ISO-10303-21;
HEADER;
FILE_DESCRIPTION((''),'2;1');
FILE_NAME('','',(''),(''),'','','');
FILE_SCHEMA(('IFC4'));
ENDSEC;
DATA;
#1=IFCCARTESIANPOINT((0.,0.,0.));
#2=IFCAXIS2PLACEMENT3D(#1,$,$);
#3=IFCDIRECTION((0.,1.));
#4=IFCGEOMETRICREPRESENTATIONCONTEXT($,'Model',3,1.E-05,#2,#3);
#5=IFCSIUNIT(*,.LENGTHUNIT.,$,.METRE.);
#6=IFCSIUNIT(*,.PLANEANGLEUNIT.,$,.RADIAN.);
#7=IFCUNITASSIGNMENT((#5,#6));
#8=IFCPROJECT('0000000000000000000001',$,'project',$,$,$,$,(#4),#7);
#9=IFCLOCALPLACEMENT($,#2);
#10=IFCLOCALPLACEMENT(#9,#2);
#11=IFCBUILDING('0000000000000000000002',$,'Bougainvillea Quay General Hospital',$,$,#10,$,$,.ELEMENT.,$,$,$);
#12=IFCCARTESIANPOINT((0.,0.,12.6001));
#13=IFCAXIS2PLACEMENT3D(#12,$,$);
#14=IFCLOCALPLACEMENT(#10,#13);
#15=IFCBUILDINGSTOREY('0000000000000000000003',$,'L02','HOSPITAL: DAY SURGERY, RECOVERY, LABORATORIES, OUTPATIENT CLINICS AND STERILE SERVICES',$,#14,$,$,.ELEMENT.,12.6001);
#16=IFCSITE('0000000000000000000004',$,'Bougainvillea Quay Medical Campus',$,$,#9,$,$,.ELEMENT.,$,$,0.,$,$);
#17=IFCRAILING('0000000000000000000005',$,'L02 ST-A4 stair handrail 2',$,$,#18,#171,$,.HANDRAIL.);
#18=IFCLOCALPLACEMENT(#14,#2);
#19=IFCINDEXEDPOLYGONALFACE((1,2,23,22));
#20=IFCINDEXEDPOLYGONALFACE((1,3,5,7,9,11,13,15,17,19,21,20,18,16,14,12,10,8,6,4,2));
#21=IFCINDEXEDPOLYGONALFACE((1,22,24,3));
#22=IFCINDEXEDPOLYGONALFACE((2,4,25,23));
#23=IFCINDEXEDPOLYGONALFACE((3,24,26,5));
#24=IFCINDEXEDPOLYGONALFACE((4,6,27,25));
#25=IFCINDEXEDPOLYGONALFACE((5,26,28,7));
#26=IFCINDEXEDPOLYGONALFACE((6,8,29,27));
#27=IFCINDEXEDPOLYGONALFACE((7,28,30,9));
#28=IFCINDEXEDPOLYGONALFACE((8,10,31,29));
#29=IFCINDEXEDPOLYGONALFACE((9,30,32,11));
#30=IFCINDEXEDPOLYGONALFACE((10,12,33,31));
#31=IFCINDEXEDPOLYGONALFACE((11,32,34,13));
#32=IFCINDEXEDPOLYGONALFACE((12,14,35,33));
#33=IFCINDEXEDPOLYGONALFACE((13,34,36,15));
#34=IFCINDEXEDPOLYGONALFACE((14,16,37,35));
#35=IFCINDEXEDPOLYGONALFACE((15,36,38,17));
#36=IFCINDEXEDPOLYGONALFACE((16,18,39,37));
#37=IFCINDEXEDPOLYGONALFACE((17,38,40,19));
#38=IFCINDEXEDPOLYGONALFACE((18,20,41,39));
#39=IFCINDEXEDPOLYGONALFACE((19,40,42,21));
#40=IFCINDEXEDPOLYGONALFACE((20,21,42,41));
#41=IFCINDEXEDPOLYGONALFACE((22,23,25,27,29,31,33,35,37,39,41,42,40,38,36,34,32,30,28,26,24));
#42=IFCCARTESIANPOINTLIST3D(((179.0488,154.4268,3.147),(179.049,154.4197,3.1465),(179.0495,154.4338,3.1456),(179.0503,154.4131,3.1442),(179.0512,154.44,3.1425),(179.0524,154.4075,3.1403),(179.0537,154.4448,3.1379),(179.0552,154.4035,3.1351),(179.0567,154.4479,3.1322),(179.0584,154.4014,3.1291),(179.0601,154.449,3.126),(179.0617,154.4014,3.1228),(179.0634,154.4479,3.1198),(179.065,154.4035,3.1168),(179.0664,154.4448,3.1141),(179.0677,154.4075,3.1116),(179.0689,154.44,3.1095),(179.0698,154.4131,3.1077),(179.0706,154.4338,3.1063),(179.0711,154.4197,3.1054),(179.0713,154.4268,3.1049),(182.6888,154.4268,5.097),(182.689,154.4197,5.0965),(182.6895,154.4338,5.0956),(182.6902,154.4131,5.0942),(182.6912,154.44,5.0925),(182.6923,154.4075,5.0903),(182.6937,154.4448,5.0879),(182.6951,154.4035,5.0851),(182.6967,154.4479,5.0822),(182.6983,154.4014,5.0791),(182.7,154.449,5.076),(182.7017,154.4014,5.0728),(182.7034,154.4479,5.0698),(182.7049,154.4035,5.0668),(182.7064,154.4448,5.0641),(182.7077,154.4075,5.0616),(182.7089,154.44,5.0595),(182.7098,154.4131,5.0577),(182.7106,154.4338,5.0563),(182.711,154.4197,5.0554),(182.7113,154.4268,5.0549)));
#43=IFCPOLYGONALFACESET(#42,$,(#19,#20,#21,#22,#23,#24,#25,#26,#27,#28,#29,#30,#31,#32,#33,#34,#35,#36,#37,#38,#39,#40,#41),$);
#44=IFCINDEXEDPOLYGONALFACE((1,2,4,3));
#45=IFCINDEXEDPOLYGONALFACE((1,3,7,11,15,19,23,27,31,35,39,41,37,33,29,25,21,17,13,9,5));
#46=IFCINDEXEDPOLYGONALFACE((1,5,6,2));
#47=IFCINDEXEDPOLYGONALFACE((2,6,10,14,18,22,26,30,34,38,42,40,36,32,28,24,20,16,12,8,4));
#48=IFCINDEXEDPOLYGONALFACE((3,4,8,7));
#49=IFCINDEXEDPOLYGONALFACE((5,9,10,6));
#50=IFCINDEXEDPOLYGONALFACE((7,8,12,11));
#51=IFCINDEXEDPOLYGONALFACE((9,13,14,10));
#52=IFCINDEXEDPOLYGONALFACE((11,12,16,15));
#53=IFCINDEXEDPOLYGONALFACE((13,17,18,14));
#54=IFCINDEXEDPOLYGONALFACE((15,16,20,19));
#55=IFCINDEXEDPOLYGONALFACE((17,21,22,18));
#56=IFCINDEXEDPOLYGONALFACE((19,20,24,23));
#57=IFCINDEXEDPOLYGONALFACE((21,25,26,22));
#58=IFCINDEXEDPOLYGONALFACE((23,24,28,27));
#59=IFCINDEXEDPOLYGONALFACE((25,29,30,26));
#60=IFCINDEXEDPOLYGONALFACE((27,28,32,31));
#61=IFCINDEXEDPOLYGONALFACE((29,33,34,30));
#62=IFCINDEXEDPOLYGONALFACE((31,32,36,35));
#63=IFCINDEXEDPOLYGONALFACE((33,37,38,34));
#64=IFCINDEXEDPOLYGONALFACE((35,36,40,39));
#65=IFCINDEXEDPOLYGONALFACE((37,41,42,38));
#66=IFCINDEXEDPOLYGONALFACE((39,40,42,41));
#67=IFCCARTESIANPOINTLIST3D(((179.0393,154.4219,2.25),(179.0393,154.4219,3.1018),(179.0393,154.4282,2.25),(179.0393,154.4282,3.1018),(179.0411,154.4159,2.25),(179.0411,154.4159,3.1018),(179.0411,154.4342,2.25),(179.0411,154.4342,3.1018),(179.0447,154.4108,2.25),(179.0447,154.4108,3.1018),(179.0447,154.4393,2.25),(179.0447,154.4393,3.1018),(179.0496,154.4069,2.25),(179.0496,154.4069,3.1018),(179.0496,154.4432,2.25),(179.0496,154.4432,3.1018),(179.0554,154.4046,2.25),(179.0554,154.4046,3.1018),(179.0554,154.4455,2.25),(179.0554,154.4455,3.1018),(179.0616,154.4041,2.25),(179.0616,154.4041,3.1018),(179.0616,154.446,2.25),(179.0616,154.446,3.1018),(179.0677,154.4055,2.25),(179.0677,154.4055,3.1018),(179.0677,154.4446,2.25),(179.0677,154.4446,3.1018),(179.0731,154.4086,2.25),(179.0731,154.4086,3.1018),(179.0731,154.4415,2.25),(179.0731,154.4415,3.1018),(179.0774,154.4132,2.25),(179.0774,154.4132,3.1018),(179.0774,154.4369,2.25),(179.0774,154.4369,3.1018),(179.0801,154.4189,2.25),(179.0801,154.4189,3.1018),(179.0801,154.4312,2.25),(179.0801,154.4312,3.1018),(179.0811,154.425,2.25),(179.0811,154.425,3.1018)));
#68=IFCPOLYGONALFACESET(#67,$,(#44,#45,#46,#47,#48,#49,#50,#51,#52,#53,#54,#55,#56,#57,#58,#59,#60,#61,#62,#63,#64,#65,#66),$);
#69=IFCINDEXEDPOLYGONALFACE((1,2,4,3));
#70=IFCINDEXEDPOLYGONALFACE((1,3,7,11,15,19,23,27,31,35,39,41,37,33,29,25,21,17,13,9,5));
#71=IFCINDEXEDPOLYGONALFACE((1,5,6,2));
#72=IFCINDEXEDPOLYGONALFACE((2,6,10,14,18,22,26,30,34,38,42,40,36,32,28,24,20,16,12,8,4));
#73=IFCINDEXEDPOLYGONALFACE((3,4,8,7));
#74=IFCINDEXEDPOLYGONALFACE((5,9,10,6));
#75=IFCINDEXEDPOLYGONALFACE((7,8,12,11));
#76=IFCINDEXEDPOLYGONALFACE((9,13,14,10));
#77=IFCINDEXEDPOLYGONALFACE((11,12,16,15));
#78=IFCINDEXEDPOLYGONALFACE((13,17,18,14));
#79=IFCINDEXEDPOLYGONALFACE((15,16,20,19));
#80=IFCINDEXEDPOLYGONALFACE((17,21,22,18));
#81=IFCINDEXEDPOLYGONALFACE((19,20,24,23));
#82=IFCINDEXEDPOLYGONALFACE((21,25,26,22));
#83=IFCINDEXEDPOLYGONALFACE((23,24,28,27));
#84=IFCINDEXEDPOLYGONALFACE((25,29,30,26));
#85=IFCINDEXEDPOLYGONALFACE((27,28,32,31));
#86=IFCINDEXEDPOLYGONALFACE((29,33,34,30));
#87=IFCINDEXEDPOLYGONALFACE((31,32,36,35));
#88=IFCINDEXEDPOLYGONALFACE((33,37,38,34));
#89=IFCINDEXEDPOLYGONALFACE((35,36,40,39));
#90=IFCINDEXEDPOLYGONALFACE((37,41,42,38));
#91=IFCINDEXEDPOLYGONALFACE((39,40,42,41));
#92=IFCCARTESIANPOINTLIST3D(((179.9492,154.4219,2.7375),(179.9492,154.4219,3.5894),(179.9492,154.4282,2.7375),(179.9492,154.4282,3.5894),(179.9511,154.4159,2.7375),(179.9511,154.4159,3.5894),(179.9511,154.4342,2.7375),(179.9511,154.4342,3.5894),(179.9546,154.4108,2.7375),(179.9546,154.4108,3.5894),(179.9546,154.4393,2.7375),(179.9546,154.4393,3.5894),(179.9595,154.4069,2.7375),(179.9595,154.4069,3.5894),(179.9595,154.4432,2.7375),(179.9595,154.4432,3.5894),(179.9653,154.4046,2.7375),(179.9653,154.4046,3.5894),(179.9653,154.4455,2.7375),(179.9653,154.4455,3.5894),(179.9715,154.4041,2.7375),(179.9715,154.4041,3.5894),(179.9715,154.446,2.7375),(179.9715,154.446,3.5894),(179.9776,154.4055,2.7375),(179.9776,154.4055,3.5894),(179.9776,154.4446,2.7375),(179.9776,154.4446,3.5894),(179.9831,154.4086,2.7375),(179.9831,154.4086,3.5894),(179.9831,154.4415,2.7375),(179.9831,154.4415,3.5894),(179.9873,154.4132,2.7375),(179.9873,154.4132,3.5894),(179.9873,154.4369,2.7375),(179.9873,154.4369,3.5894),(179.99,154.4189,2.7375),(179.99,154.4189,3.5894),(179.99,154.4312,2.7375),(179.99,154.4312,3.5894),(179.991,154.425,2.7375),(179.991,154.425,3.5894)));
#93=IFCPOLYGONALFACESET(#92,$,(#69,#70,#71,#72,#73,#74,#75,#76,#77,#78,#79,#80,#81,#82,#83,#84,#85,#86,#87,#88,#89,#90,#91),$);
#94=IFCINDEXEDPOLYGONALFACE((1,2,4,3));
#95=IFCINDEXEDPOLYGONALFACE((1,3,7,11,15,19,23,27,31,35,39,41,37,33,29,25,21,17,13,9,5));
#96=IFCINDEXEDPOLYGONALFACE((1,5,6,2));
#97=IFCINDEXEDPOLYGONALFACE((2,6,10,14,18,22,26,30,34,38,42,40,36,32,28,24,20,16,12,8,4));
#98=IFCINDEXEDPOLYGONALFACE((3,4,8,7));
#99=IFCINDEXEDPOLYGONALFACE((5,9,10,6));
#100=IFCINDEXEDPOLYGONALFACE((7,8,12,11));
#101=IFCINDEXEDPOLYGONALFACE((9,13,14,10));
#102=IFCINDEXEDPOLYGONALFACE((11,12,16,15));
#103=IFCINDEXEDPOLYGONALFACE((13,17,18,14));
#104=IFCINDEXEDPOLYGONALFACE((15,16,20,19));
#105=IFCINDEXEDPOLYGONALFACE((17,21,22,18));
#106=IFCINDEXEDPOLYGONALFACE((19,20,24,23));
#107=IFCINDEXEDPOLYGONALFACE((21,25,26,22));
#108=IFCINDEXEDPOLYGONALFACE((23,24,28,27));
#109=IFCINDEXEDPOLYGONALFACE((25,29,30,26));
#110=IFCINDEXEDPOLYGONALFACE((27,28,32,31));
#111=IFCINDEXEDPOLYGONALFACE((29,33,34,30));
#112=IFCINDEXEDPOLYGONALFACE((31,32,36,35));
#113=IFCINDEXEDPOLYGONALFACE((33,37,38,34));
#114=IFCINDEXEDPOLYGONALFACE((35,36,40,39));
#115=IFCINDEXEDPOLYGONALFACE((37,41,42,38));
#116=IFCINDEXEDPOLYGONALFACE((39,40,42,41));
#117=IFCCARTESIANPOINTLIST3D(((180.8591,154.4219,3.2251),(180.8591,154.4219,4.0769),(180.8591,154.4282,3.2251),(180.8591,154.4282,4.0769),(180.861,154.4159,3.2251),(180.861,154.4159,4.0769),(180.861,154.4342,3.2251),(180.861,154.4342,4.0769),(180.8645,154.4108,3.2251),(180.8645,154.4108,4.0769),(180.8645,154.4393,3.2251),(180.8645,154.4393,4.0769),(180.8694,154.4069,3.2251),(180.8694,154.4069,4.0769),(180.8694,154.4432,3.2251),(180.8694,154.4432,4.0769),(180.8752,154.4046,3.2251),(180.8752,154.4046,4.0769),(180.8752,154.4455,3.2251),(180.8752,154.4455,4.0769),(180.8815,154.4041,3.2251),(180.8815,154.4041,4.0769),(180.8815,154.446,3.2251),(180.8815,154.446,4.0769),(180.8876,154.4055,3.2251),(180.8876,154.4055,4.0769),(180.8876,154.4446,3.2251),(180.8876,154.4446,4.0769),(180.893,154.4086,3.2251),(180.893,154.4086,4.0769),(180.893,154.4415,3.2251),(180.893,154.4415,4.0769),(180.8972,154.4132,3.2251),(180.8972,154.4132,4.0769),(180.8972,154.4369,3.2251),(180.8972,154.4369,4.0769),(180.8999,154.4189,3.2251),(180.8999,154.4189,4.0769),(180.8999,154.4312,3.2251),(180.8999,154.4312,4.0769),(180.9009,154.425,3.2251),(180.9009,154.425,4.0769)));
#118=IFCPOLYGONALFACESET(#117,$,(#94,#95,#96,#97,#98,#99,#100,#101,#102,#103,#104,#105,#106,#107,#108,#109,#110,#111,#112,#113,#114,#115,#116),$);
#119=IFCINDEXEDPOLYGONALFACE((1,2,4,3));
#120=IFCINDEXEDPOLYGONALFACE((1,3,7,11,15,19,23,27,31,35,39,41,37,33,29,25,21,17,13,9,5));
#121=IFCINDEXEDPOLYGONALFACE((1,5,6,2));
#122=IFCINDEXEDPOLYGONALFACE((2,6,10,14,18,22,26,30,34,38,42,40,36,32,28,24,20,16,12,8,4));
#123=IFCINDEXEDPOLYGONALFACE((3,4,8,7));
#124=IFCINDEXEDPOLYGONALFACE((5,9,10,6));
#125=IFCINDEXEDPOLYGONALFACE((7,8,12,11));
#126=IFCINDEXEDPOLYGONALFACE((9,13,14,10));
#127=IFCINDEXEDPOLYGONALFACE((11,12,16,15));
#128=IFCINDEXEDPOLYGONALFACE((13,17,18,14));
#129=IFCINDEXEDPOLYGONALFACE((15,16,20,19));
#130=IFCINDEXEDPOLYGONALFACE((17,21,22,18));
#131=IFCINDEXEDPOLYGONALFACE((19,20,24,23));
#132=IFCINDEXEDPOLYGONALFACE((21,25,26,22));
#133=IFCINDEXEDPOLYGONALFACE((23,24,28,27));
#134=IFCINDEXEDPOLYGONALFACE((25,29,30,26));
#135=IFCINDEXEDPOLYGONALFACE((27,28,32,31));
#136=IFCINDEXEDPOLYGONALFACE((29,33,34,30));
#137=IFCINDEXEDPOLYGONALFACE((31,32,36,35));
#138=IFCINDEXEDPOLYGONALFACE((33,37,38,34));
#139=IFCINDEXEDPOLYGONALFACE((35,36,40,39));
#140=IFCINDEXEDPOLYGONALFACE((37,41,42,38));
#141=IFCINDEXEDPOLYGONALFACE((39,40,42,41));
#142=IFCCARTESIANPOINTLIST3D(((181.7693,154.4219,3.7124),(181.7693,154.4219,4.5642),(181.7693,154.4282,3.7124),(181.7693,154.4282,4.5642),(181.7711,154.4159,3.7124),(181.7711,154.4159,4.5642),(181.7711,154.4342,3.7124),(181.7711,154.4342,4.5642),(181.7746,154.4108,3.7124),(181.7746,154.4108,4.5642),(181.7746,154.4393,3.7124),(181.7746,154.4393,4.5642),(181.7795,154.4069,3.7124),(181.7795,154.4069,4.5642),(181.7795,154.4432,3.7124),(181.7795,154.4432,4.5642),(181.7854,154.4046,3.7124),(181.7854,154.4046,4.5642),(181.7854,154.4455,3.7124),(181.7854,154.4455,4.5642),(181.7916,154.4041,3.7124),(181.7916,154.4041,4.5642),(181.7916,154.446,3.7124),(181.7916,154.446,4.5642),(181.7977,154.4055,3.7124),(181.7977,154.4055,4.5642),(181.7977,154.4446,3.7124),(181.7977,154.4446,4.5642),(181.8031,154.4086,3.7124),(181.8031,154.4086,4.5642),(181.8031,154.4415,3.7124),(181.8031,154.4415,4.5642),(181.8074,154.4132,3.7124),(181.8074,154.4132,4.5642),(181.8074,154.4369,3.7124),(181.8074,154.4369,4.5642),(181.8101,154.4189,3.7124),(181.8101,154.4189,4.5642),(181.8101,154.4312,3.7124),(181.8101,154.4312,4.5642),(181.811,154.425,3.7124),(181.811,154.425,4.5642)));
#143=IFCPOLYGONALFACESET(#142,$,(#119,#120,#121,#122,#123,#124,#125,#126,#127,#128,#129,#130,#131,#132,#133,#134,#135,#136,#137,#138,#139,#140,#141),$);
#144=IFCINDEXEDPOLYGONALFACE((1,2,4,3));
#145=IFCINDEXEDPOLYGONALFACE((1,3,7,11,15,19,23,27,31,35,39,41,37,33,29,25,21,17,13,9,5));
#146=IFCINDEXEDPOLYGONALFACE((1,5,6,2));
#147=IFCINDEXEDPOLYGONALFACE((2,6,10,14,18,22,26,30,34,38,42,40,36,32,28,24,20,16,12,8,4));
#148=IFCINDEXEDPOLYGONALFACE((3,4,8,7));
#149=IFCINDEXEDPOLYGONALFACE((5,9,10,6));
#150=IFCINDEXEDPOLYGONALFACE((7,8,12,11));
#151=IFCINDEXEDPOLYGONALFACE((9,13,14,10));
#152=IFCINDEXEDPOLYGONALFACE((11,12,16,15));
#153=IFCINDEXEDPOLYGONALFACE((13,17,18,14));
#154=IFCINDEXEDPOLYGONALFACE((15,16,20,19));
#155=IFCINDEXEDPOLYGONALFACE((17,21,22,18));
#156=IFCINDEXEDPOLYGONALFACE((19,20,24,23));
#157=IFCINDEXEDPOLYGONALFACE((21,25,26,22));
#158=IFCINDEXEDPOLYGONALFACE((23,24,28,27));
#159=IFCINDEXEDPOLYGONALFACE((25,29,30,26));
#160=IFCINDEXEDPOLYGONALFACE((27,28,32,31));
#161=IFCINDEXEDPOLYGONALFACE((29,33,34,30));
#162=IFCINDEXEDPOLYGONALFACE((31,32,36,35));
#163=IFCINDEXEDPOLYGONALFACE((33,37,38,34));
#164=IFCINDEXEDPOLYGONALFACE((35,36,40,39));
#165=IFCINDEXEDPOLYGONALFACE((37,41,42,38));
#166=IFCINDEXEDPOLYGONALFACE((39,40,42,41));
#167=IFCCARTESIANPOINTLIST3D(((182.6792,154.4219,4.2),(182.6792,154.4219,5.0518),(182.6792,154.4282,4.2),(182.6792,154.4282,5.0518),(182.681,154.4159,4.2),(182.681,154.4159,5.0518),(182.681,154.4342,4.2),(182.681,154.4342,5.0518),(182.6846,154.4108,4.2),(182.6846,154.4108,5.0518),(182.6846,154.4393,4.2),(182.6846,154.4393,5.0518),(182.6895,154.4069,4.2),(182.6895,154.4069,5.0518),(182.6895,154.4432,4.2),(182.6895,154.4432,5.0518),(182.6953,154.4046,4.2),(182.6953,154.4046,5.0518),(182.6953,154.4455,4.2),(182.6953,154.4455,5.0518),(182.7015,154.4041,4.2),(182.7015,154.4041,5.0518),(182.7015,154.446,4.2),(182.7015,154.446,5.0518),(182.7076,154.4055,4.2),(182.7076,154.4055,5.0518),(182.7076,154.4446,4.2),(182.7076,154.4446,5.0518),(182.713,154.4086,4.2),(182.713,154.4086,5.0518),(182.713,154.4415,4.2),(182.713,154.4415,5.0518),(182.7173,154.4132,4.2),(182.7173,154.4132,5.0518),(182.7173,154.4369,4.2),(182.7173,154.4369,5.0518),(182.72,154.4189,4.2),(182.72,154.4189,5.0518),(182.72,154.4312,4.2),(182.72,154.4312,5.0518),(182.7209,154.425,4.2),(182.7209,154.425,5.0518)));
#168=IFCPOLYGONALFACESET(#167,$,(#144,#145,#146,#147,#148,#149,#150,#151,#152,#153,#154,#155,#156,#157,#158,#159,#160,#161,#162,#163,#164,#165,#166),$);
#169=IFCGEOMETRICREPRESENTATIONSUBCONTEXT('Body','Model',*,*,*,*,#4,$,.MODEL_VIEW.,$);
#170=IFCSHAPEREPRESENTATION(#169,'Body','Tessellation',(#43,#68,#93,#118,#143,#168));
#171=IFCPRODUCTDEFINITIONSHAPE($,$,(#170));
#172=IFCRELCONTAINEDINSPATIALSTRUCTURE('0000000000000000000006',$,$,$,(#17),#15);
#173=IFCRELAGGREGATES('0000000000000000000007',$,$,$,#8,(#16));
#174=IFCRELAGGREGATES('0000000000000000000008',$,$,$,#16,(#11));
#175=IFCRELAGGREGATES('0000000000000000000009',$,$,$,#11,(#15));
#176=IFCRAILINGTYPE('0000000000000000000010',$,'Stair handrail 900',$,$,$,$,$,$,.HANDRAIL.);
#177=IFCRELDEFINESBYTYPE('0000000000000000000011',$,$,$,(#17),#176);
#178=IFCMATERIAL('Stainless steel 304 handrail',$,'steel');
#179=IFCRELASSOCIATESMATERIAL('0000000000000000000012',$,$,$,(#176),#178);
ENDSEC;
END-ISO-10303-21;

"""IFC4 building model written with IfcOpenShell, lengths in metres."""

from ifc_helpers import new_model, si_unit, direction, frame, origin, origin_2d, place, context, subcontext, project, spatial, circle, extrude, material, type_object, element, save


model = new_model("IFC4")

# Units and contexts
model_context = context("Model", 3, precision=1e-05, world=origin(), true_north=direction((0.0, 1.0)))
body_context = subcontext(model_context, "Body", "Model", "MODEL_VIEW")
ifc_project = project(units=[si_unit("LENGTHUNIT", "METRE"), si_unit("PLANEANGLEUNIT", "RADIAN")], contexts=[model_context])

# Site, building, storey
site_placement = place(None, origin())
site = spatial("IfcSite", under=ifc_project, at=site_placement, Name="Bougainvillea Quay Medical Campus", CompositionType="ELEMENT", RefElevation=0.0)
building_placement = place(site_placement, origin())
building = spatial("IfcBuilding", under=site, at=building_placement, Name="Bougainvillea Quay General Hospital", CompositionType="ELEMENT")
storey_placement = place(building_placement, frame((0.0, 0.0, 12.6001)))
storey = spatial("IfcBuildingStorey", under=building, at=storey_placement, Name="L02", Description="HOSPITAL: DAY SURGERY, RECOVERY, LABORATORIES, OUTPATIENT CLINICS AND STERILE SERVICES", CompositionType="ELEMENT", Elevation=12.6001)

# Railing
ifc_material_1 = material(Name="Stainless steel 304 handrail", Category="steel")
railing_type_1 = type_object("IfcRailingType", Name="Stair handrail 900", PredefinedType="HANDRAIL", material=ifc_material_1)
railing_1_placement = place(storey_placement, frame((179.0601, 154.425, 2.25)))
element("IfcRailing", 1, at=railing_1_placement, inside=storey, type_object=railing_type_1, Name="L02 ST-A4 stair handrail 2", PredefinedType="HANDRAIL", context=body_context, shape_type="SweptSolid", body=[
    extrude(circle(Radius=0.0239, at=origin_2d()), frame((0.0, 0.0, 0.876), z_axis=(0.881479, 0.0, 0.472223), x_axis=(0.0, 1.0, 0.0)), (0.0, 0.0, 1.0), 4.1294),
    extrude(circle(Radius=0.021, at=origin_2d()), origin(), (0.0, 0.0, 1.0), 0.8518),
    extrude(circle(Radius=0.021, at=origin_2d()), frame((0.9099, 0.0, 0.4875)), (0.0, 0.0, 1.0), 0.8518),
    extrude(circle(Radius=0.021, at=origin_2d()), frame((1.8198, 0.0, 0.9751)), (0.0, 0.0, 1.0), 0.8518),
    extrude(circle(Radius=0.021, at=origin_2d()), frame((2.73, 0.0, 1.4624)), (0.0, 0.0, 1.0), 0.8518),
    extrude(circle(Radius=0.021, at=origin_2d()), frame((3.6399, 0.0, 1.95)), (0.0, 0.0, 1.0), 0.8518),
])

save(model, "model.ifc")
